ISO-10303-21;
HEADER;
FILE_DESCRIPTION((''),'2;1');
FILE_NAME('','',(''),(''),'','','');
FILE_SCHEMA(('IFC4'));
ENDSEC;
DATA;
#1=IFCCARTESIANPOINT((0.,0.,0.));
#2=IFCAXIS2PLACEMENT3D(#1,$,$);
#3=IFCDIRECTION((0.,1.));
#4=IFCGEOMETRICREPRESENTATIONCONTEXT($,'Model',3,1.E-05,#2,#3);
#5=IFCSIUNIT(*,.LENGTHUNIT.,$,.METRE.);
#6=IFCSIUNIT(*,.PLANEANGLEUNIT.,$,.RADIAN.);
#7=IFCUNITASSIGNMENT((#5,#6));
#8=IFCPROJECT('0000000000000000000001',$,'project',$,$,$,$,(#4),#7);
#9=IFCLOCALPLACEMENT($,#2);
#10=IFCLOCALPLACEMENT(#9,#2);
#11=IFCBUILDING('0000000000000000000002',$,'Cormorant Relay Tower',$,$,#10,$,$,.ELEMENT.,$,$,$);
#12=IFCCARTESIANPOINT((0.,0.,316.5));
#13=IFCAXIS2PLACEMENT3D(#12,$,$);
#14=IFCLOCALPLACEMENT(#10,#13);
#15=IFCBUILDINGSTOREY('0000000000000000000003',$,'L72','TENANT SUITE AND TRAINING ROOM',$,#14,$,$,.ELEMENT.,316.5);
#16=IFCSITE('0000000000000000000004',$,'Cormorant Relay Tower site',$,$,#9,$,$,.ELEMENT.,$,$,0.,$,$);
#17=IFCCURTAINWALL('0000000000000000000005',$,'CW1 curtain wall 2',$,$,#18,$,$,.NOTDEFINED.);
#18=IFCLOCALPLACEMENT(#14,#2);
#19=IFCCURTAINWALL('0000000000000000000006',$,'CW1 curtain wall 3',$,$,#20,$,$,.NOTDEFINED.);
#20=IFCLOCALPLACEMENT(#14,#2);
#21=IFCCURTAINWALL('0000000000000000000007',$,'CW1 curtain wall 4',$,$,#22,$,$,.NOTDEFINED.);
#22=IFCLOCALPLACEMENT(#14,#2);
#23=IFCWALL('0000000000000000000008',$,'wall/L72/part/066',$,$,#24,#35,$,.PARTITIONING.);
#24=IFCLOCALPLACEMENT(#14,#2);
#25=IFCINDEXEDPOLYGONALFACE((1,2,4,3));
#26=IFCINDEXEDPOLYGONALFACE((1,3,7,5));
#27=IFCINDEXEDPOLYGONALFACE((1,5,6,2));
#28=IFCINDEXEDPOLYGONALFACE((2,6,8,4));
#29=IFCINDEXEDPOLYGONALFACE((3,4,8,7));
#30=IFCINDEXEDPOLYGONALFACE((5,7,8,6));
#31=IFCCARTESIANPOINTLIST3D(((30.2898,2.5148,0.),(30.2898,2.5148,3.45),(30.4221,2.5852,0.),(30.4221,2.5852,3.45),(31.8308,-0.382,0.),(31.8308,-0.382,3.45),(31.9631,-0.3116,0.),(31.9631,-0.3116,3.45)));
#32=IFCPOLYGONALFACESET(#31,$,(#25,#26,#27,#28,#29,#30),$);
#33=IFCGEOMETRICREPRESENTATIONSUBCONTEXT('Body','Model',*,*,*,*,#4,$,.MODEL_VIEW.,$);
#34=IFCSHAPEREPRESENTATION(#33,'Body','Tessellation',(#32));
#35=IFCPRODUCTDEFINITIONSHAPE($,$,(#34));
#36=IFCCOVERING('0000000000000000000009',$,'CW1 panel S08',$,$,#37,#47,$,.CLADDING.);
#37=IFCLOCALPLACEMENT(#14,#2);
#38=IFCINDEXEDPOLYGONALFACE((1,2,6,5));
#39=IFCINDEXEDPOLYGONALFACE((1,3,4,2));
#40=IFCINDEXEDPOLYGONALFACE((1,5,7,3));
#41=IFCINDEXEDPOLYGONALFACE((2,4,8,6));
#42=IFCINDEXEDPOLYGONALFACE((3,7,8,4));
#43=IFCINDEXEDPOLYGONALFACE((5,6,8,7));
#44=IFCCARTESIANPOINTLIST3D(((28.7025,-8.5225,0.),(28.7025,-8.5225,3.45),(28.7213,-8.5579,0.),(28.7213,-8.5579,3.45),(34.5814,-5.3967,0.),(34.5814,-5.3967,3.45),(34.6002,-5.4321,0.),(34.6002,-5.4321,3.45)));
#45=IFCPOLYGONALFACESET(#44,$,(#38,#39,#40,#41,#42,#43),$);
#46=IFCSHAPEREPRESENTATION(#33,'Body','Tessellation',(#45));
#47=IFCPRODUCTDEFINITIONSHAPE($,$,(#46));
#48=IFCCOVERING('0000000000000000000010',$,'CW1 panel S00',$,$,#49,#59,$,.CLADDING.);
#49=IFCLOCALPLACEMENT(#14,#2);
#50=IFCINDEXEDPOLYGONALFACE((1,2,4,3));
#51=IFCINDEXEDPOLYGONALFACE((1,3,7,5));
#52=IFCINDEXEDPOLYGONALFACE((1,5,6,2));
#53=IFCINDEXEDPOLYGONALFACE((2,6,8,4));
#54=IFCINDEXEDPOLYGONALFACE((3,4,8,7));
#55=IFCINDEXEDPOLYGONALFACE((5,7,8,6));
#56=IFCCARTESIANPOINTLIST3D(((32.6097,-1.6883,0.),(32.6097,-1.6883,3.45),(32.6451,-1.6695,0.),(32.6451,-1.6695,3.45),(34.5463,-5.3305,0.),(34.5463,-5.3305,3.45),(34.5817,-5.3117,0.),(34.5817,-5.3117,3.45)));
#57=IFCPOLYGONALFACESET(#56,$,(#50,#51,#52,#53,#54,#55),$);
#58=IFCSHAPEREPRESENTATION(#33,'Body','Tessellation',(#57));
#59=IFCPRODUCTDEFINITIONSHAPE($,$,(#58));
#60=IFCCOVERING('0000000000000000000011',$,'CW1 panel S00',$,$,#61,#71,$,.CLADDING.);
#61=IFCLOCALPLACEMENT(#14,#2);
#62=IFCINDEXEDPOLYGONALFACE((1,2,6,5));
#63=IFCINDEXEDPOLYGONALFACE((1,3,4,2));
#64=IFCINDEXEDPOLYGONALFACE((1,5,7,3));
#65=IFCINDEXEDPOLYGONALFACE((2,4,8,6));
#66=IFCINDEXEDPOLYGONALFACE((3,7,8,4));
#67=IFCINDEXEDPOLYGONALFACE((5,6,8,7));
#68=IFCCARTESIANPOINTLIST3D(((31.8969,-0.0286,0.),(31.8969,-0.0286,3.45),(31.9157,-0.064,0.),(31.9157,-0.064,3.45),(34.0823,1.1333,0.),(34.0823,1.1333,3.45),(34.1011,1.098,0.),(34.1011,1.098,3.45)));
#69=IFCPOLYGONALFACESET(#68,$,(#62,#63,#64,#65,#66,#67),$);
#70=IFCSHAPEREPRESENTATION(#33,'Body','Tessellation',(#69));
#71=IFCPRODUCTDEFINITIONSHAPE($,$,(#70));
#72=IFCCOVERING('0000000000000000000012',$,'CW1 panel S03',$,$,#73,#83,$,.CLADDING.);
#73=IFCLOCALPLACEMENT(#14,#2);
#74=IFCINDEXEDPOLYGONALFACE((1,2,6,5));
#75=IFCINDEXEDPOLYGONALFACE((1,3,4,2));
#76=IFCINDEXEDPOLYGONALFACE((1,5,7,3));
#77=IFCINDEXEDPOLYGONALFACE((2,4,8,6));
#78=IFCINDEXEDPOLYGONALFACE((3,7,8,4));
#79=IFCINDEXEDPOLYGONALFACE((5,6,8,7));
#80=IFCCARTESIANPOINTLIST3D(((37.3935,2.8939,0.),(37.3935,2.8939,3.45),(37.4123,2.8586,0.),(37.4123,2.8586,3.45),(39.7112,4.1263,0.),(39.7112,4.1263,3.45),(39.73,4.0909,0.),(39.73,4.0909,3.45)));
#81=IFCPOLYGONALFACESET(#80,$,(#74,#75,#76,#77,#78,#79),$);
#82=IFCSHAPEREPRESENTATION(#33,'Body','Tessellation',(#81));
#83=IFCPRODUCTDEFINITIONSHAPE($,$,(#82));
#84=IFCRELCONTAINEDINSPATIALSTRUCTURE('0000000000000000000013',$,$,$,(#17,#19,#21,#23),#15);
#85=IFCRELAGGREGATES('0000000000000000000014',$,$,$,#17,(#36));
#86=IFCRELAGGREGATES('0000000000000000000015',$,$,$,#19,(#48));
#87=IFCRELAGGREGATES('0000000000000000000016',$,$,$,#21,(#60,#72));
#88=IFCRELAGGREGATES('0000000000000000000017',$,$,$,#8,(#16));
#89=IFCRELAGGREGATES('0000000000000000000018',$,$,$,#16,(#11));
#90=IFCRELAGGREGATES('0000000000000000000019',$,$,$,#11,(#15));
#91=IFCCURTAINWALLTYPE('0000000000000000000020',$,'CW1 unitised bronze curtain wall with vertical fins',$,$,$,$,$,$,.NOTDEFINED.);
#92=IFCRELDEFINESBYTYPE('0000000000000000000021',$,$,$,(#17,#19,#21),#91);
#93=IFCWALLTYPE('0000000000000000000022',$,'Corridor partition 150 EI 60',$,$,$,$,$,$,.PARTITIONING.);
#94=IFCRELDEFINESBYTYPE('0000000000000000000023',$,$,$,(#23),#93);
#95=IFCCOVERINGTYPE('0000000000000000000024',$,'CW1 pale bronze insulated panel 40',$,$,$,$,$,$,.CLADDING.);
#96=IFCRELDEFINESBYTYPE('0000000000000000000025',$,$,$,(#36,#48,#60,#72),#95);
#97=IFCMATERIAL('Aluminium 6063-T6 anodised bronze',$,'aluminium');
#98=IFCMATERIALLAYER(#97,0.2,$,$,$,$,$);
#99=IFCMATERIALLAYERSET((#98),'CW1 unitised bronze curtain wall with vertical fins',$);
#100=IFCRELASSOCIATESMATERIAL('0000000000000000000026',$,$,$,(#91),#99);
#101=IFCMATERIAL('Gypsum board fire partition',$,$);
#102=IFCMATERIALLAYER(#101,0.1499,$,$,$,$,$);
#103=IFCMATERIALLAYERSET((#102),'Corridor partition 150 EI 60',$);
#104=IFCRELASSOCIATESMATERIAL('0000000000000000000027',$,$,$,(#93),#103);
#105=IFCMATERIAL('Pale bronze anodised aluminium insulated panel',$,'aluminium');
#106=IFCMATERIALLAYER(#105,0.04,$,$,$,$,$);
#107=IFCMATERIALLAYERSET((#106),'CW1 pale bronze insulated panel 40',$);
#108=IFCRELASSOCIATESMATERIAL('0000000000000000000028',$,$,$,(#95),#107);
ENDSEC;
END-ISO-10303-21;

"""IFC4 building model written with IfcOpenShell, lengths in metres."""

from ifc_helpers import new_model, si_unit, direction, frame, frame_2d, origin, origin_2d, place, context, subcontext, project, spatial, rectangle, extrude, material, layer, layer_set, type_object, element, aggregate, save


model = new_model("IFC4")

# Units and contexts
model_context = context("Model", 3, precision=1e-05, world=origin(), true_north=direction((0.0, 1.0)))
body_context = subcontext(model_context, "Body", "Model", "MODEL_VIEW")
ifc_project = project(units=[si_unit("LENGTHUNIT", "METRE"), si_unit("PLANEANGLEUNIT", "RADIAN")], contexts=[model_context])

# Site, building, storey
site_placement = place(None, origin())
site = spatial("IfcSite", under=ifc_project, at=site_placement, Name="Cormorant Relay Tower site", CompositionType="ELEMENT", RefElevation=0.0)
building_placement = place(site_placement, origin())
building = spatial("IfcBuilding", under=site, at=building_placement, Name="Cormorant Relay Tower", CompositionType="ELEMENT")
storey_placement = place(building_placement, frame((0.0, 0.0, 316.5)))
storey = spatial("IfcBuildingStorey", under=building, at=storey_placement, Name="L72", Description="TENANT SUITE AND TRAINING ROOM", CompositionType="ELEMENT", Elevation=316.5)

# Curtain walls
ifc_material_1 = material(Name="Aluminium 6063-T6 anodised bronze", Category="aluminium")
ifc_layer_1 = layer(ifc_material_1, 0.2)
ifc_layer_set_1 = layer_set([ifc_layer_1], Name="CW1 unitised bronze curtain wall with vertical fins")
curtain_wall_type = type_object("IfcCurtainWallType", Name="CW1 unitised bronze curtain wall with vertical fins", PredefinedType="NOTDEFINED", material=ifc_layer_set_1)
curtain_wall_1_placement = place(storey_placement, origin())
curtain_wall_1 = element("IfcCurtainWall", 1, at=curtain_wall_1_placement, inside=storey, type_object=curtain_wall_type, Name="CW1 curtain wall 2", PredefinedType="NOTDEFINED")
curtain_wall_2_placement = place(storey_placement, origin())
curtain_wall_2 = element("IfcCurtainWall", 2, at=curtain_wall_2_placement, inside=storey, type_object=curtain_wall_type, Name="CW1 curtain wall 3", PredefinedType="NOTDEFINED")

# Curtain wall
curtain_wall_3_placement = place(storey_placement, origin())
curtain_wall_3 = element("IfcCurtainWall", 3, at=curtain_wall_3_placement, inside=storey, type_object=curtain_wall_type, Name="CW1 curtain wall 4", PredefinedType="NOTDEFINED")

# Shared definitions
ifc_material_2 = material(Name="Gypsum board fire partition")
ifc_layer_2 = layer(ifc_material_2, 0.1499)
ifc_layer_set_2 = layer_set([ifc_layer_2], Name="Corridor partition 150 EI 60")
wall_type_1 = type_object("IfcWallType", Name="Corridor partition 150 EI 60", PredefinedType="PARTITIONING", material=ifc_layer_set_2)

# Wall
wall_1_placement = place(storey_placement, frame((30.356, 2.55, 0.0), z_axis=(0.0, 0.0, 1.0), x_axis=(0.46963, -0.882863, 0.0)))
element("IfcWall", 4, at=wall_1_placement, inside=storey, type_object=wall_type_1, Name="wall/L72/part/066", PredefinedType="PARTITIONING", context=body_context, shape_type="SweptSolid", body=[
    extrude(rectangle(XDim=3.2812, YDim=0.1499, at=frame_2d((1.6406, 0.0))), origin(), (0.0, 0.0, 1.0), 3.45),
])

# Coverings
ifc_material_3 = material(Name="Pale bronze anodised aluminium insulated panel", Category="aluminium")
ifc_layer_3 = layer(ifc_material_3, 0.04)
ifc_layer_set_3 = layer_set([ifc_layer_3], Name="CW1 pale bronze insulated panel 40")
covering_type = type_object("IfcCoveringType", Name="CW1 pale bronze insulated panel 40", PredefinedType="CLADDING", material=ifc_layer_set_3)
covering_1_placement = place(storey_placement, frame((31.6514, -6.9773, 0.0), z_axis=(0.0, 0.0, 1.0), x_axis=(0.882948, 0.469472, 0.0)))
covering_1 = element("IfcCovering", 5, at=covering_1_placement, type_object=covering_type, Name="CW1 panel S08", PredefinedType="CLADDING", context=body_context, shape_type="SweptSolid", body=[
    extrude(rectangle(XDim=6.6582, YDim=0.04, at=origin_2d()), origin(), (0.0, 0.0, 1.0), 3.45),
])
aggregate(curtain_wall_1, [covering_1])
covering_2_placement = place(storey_placement, frame((33.5957, -3.5, 0.0), z_axis=(0.0, 0.0, 1.0), x_axis=(-0.469472, 0.882948, 0.0)))
covering_2 = element("IfcCovering", 6, at=covering_2_placement, type_object=covering_type, Name="CW1 panel S00", PredefinedType="CLADDING", context=body_context, shape_type="SweptSolid", body=[
    extrude(rectangle(XDim=4.125, YDim=0.04, at=origin_2d()), origin(), (0.0, 0.0, 1.0), 3.45),
])
aggregate(curtain_wall_2, [covering_2])
covering_3_placement = place(storey_placement, frame((32.999, 0.5347, 0.0), z_axis=(0.0, 0.0, 1.0), x_axis=(0.882948, 0.469472, 0.0)))
covering_3 = element("IfcCovering", 7, at=covering_3_placement, type_object=covering_type, Name="CW1 panel S00", PredefinedType="CLADDING", context=body_context, shape_type="SweptSolid", body=[
    extrude(rectangle(XDim=2.4751, YDim=0.04, at=origin_2d()), origin(), (0.0, 0.0, 1.0), 3.45),
])
covering_4_placement = place(storey_placement, frame((38.5618, 3.4924, 0.0), z_axis=(0.0, 0.0, 1.0), x_axis=(0.882948, 0.469472, 0.0)))
covering_4 = element("IfcCovering", 8, at=covering_4_placement, type_object=covering_type, Name="CW1 panel S03", PredefinedType="CLADDING", context=body_context, shape_type="SweptSolid", body=[
    extrude(rectangle(XDim=2.625, YDim=0.04, at=origin_2d()), origin(), (0.0, 0.0, 1.0), 3.45),
])
aggregate(curtain_wall_3, [covering_3, covering_4])

save(model, "model.ifc")
